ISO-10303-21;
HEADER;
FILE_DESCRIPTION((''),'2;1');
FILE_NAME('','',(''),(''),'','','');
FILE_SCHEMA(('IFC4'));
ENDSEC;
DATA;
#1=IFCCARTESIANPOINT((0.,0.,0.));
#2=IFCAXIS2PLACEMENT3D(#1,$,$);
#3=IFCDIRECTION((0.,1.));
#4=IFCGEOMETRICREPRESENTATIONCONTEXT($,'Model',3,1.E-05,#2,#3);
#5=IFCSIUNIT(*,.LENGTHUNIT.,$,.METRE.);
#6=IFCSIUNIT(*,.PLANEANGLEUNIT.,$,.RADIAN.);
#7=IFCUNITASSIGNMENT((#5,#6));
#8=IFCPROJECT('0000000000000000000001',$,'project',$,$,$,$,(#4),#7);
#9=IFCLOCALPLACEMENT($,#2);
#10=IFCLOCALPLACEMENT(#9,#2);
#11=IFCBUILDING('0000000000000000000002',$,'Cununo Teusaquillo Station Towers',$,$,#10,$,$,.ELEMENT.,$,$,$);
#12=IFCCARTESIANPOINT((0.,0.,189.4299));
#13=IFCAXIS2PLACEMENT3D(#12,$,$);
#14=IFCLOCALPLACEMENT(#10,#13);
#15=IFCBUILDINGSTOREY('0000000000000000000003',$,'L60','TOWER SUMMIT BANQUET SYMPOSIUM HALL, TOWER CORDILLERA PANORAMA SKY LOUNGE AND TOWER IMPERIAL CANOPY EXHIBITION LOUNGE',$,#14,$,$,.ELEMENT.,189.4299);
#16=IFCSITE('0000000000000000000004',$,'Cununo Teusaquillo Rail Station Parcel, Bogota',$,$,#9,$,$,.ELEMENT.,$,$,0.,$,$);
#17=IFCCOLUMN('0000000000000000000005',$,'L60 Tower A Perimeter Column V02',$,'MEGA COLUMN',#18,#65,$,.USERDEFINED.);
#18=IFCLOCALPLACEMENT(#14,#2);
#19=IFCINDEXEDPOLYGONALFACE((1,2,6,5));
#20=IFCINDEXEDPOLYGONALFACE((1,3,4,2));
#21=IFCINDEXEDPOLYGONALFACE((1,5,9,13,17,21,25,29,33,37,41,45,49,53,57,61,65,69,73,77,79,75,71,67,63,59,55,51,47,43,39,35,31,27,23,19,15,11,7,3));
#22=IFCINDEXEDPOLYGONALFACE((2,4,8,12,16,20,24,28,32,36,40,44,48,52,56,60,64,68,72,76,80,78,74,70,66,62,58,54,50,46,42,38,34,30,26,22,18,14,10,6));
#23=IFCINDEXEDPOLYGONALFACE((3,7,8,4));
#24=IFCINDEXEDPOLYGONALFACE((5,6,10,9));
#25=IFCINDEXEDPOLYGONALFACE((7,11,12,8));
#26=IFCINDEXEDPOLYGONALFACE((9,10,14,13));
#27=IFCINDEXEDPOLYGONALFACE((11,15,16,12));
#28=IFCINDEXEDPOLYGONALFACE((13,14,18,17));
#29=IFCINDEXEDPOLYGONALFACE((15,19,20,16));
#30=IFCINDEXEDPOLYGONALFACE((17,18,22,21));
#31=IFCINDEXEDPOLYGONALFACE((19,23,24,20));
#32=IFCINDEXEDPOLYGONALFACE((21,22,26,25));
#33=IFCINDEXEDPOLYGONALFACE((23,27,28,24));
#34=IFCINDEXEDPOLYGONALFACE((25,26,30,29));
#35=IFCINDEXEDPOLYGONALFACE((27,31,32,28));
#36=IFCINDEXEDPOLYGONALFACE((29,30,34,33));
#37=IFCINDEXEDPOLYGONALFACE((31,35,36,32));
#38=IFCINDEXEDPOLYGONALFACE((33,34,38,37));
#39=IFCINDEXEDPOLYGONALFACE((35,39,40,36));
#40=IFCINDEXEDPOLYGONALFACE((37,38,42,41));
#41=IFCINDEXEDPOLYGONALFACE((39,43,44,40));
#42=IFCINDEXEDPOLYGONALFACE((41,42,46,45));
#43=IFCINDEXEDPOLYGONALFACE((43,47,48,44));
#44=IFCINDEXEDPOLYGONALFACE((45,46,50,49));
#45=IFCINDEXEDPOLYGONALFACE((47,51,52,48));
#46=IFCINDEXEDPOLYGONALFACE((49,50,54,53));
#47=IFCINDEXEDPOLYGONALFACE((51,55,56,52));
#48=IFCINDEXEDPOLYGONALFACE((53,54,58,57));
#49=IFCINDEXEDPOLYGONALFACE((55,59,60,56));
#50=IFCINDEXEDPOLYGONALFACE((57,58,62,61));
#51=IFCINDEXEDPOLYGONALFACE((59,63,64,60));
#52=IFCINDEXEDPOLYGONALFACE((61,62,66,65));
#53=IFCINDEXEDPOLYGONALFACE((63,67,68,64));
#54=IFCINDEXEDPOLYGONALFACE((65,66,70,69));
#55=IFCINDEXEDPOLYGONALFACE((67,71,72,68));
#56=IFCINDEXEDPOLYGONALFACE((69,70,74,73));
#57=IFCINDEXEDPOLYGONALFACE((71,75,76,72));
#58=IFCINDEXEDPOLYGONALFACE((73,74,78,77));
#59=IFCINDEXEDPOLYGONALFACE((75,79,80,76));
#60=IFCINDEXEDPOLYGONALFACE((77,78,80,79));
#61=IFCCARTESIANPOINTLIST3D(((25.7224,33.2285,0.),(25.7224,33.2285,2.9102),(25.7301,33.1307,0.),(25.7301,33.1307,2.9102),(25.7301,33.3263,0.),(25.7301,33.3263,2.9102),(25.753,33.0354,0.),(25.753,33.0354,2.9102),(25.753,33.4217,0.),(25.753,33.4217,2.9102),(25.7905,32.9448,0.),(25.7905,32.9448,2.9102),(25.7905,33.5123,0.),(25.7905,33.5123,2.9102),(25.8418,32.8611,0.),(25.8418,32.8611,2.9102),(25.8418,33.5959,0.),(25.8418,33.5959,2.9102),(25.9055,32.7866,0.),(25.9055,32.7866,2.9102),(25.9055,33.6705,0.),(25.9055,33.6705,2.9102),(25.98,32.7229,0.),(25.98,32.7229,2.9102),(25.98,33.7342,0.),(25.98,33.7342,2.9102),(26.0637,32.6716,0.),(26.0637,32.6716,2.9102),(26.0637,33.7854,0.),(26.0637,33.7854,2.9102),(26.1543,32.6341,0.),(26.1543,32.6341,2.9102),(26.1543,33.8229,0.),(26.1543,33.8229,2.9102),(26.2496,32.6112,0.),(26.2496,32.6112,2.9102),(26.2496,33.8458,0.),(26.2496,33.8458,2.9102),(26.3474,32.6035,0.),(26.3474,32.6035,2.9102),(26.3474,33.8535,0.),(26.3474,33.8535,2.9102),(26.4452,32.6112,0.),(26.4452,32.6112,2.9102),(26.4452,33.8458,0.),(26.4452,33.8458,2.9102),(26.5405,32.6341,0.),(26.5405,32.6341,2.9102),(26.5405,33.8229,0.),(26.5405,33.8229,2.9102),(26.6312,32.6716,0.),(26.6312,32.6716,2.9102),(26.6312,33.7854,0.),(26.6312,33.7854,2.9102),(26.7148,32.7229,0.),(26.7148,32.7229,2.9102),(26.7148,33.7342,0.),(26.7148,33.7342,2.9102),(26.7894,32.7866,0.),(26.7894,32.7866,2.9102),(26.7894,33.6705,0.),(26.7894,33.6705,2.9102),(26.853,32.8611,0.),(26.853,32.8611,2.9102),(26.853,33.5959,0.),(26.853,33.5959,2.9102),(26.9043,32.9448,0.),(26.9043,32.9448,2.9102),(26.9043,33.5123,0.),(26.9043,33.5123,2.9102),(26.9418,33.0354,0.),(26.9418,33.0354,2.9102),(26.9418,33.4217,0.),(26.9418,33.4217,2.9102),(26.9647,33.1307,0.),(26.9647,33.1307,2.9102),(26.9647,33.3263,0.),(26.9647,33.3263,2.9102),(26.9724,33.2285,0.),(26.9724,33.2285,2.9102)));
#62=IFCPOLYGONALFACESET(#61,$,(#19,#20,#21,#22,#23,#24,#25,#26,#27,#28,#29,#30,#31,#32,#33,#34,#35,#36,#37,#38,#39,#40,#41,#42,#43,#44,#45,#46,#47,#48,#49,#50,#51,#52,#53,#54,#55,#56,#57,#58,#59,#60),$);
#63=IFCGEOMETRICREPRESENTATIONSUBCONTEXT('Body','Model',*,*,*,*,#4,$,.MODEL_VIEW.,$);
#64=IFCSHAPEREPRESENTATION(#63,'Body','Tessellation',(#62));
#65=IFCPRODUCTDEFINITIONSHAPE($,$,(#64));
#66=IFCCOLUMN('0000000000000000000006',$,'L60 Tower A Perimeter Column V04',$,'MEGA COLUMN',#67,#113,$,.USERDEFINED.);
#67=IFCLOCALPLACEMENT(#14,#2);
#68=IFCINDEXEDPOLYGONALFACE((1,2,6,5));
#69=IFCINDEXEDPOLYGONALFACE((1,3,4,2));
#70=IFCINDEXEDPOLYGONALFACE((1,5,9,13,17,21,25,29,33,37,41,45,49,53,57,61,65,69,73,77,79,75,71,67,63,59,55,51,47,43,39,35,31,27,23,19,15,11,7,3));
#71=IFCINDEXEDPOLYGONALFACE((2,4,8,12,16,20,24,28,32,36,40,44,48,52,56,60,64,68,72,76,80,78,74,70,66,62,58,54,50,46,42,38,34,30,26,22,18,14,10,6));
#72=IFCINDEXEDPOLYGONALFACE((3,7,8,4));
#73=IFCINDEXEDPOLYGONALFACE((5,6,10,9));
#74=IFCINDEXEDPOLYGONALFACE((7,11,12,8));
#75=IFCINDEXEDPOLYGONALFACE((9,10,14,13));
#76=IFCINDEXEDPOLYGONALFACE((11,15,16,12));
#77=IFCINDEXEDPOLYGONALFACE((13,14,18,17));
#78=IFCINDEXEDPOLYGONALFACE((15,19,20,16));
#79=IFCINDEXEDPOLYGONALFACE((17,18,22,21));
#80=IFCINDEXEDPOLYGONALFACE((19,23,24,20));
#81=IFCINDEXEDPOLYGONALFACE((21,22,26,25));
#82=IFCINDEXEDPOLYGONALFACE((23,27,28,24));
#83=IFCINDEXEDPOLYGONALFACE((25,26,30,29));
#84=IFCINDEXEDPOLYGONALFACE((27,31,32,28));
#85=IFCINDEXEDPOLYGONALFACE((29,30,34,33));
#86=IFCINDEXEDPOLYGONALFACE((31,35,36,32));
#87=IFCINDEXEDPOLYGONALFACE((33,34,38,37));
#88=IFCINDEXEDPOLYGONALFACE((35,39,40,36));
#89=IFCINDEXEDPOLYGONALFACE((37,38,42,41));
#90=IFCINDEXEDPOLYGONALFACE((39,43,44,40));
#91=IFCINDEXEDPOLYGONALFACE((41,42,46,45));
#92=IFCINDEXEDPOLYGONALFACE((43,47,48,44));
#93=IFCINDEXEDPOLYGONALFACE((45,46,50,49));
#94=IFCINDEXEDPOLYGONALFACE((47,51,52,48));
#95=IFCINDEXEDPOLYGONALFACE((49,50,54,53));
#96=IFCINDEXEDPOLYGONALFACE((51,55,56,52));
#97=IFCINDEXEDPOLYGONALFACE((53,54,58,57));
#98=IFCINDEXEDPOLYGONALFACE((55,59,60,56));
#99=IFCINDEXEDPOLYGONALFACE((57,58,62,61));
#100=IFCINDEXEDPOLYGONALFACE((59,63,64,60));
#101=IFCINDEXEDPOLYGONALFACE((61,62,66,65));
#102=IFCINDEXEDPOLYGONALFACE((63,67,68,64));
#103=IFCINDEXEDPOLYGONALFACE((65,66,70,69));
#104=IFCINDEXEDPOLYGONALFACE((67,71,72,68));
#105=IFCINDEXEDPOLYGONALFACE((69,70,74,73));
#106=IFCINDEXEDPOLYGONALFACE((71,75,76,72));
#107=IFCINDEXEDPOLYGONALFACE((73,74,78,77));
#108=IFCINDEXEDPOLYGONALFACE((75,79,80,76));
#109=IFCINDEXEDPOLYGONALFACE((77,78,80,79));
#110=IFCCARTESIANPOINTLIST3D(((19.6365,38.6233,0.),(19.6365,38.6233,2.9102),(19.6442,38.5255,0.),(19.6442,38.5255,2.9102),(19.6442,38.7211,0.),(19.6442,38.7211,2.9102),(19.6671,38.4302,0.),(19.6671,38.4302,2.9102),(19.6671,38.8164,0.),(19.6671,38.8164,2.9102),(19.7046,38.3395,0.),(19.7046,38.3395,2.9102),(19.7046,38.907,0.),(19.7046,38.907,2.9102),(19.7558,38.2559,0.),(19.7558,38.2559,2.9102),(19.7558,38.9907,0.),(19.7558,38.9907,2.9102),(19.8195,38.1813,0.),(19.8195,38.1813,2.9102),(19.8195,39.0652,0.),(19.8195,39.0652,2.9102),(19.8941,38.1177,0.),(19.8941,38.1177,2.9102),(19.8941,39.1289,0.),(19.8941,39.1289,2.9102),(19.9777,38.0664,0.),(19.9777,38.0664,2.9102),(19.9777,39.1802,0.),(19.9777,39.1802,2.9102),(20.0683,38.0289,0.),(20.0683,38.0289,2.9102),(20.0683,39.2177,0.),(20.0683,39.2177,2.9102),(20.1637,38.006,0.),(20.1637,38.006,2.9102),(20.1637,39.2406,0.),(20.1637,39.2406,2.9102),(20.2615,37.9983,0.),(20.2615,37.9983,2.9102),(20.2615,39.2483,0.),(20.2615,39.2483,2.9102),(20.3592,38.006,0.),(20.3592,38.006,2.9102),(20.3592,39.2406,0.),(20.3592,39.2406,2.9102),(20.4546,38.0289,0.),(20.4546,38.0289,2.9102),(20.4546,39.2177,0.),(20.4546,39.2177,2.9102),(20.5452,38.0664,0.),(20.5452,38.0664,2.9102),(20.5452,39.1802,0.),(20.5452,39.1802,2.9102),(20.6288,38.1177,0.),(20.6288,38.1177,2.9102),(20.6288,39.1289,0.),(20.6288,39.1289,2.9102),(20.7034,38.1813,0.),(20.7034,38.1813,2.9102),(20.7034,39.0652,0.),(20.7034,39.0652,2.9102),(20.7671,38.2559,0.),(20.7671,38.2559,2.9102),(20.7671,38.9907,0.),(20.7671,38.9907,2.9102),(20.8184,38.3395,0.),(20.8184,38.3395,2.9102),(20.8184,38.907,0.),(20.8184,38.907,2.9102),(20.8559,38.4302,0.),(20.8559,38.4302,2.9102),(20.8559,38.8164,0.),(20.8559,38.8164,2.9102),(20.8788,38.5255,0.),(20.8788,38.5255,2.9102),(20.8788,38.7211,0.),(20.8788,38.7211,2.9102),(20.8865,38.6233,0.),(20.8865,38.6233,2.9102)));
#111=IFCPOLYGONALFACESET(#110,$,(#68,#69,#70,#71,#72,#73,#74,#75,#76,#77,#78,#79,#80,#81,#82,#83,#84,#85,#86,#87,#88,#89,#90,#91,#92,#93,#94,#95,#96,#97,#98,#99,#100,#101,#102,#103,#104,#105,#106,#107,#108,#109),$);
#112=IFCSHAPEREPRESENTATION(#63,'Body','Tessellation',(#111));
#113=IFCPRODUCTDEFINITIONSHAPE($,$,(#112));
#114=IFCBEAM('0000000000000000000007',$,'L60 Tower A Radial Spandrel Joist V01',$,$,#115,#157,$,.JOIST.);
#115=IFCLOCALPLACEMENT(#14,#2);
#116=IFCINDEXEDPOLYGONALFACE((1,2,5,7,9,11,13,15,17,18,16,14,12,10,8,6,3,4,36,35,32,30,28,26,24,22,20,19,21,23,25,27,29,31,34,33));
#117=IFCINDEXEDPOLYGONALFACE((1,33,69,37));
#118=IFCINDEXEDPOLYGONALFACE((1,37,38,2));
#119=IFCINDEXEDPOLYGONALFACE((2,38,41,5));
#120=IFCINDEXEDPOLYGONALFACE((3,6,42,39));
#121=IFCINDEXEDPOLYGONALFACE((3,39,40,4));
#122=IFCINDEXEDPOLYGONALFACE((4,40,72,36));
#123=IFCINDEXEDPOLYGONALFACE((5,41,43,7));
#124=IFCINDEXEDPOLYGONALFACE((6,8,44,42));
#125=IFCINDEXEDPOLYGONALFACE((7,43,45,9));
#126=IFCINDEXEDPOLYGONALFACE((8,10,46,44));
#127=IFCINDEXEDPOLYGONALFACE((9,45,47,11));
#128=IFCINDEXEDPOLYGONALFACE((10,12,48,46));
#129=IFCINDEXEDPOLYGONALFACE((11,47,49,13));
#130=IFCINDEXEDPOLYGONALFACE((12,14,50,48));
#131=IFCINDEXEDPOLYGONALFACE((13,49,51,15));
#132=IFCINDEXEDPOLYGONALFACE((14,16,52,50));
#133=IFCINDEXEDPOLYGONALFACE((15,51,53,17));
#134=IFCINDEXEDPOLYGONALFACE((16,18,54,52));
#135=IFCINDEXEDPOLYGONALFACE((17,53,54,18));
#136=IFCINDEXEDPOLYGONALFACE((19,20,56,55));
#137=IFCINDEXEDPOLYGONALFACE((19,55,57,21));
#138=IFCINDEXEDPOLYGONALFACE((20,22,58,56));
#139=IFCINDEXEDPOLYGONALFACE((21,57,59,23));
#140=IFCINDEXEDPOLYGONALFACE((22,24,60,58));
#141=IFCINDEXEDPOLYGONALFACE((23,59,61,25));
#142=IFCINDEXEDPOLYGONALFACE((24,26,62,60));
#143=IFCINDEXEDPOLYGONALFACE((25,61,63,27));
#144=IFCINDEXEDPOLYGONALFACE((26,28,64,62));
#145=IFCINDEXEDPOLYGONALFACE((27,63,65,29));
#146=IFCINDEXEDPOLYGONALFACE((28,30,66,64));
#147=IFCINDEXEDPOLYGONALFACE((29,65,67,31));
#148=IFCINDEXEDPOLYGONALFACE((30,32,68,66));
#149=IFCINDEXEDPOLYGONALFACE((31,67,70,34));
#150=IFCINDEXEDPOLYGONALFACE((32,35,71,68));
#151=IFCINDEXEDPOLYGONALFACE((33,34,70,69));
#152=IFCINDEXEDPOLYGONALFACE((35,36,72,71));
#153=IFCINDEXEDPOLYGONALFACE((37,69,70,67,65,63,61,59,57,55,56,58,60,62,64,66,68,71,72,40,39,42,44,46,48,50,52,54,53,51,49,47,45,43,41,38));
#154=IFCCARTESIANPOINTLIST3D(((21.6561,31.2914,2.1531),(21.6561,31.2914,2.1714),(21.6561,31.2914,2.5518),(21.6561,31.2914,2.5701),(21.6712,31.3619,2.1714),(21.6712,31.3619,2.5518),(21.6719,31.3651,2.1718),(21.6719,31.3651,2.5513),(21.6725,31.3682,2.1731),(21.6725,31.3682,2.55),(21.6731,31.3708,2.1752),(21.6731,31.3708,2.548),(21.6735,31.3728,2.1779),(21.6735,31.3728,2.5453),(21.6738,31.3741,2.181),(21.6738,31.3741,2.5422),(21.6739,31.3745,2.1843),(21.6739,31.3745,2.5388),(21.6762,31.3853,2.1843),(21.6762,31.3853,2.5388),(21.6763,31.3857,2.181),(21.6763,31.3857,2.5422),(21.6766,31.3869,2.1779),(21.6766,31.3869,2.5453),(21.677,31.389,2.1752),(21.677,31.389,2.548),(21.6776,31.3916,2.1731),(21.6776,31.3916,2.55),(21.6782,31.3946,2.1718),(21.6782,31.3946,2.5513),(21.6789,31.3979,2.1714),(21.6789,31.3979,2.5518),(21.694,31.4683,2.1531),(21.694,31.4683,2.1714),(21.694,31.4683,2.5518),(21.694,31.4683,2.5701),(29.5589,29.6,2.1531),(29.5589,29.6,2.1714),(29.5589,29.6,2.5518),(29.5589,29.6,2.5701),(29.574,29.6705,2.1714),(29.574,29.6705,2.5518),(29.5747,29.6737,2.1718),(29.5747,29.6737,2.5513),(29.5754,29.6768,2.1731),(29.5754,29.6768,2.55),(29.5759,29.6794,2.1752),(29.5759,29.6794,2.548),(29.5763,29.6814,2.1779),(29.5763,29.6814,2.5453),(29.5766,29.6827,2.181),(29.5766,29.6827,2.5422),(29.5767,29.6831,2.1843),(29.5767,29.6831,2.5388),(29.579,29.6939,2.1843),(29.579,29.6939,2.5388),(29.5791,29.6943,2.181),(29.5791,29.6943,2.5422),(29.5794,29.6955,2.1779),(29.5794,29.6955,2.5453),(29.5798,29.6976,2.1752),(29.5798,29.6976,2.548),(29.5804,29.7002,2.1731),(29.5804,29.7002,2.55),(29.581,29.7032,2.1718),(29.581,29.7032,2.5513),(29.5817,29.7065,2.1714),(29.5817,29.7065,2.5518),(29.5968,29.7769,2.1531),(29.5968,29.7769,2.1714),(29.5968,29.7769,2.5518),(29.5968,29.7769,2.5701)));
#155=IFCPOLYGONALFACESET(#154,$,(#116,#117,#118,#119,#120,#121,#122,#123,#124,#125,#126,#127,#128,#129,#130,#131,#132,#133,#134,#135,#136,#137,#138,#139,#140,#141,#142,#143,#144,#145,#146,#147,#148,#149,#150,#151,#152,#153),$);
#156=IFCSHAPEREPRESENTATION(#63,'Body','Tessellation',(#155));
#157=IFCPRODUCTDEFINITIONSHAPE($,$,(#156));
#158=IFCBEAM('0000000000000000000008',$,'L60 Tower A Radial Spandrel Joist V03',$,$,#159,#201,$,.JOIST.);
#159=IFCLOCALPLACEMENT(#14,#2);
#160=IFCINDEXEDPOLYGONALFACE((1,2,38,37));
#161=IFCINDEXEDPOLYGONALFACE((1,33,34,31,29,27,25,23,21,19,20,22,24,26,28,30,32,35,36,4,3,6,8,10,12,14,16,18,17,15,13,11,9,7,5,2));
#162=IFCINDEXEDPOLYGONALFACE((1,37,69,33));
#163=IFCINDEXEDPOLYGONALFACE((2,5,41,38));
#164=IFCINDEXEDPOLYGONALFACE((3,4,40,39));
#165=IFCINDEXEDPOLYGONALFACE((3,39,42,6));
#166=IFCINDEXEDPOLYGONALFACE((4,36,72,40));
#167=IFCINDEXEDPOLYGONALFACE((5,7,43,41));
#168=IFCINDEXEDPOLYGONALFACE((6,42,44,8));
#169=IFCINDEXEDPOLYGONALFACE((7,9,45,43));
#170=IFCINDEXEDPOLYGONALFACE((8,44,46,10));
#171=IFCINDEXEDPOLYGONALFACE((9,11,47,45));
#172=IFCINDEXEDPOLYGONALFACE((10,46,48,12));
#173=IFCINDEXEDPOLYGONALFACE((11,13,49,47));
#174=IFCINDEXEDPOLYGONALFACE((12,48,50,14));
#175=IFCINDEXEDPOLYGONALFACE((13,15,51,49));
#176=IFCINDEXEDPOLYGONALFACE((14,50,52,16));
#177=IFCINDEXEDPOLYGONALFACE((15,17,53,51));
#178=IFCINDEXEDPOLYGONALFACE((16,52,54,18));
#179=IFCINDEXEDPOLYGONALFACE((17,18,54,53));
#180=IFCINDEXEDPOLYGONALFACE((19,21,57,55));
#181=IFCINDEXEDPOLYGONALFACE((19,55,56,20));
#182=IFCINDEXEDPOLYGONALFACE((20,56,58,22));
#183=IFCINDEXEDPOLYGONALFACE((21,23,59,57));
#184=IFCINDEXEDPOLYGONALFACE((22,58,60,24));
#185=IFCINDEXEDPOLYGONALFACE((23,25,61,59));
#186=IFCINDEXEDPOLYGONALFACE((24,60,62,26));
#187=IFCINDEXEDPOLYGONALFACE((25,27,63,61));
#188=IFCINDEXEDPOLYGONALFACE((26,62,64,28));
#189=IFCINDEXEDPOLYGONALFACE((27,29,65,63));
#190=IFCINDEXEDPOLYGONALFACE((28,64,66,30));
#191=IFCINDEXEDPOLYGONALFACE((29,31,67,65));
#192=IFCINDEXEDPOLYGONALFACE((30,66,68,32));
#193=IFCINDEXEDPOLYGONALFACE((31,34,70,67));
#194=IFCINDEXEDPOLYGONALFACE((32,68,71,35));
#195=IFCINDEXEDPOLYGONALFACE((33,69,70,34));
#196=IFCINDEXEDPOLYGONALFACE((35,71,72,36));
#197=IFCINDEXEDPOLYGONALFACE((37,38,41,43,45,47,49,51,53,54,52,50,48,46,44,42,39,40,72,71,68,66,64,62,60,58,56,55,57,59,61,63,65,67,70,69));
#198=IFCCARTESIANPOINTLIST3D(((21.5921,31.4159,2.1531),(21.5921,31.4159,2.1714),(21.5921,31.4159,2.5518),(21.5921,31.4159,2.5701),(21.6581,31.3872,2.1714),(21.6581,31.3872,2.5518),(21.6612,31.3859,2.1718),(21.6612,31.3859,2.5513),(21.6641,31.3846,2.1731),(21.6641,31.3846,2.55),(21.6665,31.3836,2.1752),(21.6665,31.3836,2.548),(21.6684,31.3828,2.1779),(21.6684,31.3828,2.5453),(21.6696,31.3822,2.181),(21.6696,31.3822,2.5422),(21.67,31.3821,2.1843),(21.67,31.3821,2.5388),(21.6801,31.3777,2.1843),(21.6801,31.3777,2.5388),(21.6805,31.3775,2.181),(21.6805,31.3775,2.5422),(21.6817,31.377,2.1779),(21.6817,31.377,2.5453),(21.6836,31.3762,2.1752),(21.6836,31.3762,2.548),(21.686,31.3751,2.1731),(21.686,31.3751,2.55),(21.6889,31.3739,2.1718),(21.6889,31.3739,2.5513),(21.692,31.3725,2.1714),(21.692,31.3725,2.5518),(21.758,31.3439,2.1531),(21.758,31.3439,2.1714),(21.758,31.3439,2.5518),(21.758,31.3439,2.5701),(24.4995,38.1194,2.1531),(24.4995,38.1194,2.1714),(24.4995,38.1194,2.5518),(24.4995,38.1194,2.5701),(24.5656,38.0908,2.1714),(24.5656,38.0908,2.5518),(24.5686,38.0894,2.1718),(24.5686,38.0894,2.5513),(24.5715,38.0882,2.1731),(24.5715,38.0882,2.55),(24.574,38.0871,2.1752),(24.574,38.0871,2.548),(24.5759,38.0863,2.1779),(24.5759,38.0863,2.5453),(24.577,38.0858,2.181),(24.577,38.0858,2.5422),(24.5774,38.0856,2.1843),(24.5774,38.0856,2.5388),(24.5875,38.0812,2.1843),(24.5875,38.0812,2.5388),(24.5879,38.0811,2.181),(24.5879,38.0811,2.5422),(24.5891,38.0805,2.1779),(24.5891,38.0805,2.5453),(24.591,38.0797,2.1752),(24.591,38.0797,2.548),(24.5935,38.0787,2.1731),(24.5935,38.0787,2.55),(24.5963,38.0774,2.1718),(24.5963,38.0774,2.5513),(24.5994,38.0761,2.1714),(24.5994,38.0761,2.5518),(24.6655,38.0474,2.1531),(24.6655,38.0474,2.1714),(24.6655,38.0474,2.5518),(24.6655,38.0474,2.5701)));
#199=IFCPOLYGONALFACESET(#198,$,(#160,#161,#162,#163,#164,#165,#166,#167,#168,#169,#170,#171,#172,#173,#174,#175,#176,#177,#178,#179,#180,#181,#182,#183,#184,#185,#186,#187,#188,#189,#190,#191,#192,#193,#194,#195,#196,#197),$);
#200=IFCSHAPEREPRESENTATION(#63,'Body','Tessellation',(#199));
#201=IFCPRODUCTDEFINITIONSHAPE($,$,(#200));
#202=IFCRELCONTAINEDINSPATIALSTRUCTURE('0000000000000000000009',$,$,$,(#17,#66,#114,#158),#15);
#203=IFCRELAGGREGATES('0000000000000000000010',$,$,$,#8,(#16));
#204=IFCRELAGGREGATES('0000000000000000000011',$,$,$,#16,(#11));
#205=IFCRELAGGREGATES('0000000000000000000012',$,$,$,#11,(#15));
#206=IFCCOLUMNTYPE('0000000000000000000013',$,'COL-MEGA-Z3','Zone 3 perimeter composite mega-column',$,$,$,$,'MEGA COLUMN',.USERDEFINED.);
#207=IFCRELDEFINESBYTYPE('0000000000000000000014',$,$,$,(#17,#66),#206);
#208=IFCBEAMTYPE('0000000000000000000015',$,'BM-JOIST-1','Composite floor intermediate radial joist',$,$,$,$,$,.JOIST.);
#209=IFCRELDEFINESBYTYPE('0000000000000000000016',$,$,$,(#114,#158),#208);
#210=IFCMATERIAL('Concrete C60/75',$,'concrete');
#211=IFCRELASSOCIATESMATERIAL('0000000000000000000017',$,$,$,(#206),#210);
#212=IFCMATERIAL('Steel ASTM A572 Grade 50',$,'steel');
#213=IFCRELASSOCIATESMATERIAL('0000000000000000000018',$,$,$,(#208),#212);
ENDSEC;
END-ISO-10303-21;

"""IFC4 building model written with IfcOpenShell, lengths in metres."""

from ifc_helpers import new_model, si_unit, direction, frame, origin, origin_2d, place, context, subcontext, project, spatial, circle, i_section, extrude, material, material_profile, profile_set, type_object, element, save


model = new_model("IFC4")

# Units and contexts
model_context = context("Model", 3, precision=1e-05, world=origin(), true_north=direction((0.0, 1.0)))
body_context = subcontext(model_context, "Body", "Model", "MODEL_VIEW")
ifc_project = project(units=[si_unit("LENGTHUNIT", "METRE"), si_unit("PLANEANGLEUNIT", "RADIAN")], contexts=[model_context])

# Site, building, storey
site_placement = place(None, origin())
site = spatial("IfcSite", under=ifc_project, at=site_placement, Name="Cununo Teusaquillo Rail Station Parcel, Bogota", CompositionType="ELEMENT", RefElevation=0.0)
building_placement = place(site_placement, origin())
building = spatial("IfcBuilding", under=site, at=building_placement, Name="Cununo Teusaquillo Station Towers", CompositionType="ELEMENT")
storey_placement = place(building_placement, frame((0.0, 0.0, 189.4299)))
storey = spatial("IfcBuildingStorey", under=building, at=storey_placement, Name="L60", Description="TOWER SUMMIT BANQUET SYMPOSIUM HALL, TOWER CORDILLERA PANORAMA SKY LOUNGE AND TOWER IMPERIAL CANOPY EXHIBITION LOUNGE", CompositionType="ELEMENT", Elevation=189.4299)

# Columns
ifc_material_1 = material(Name="Concrete C60/75", Category="concrete")
ifc_material_profile_1 = material_profile(ifc_material_1, circle(Radius=0.625, at=origin_2d()), Name="RC-CIRC-1250")
ifc_profile_set_1 = profile_set([ifc_material_profile_1], Name="Concrete C60/75")
column_type = type_object("IfcColumnType", Name="COL-MEGA-Z3", Description="Zone 3 perimeter composite mega-column", ElementType="MEGA COLUMN", PredefinedType="USERDEFINED", material=ifc_profile_set_1)
for number, where, z_axis, x_axis, name in (
    (1, (26.3474, 33.2285, 0.0), (0.0, 0.0, 1.0), (1.0, 0.0, 0.0), "L60 Tower A Perimeter Column V02"),
    (2, (20.2615, 38.6233, 0.0), (0.0, 0.0, 1.0), (1.0, 0.0, 0.0), "L60 Tower A Perimeter Column V04"),
):
    element("IfcColumn", number, at=place(storey_placement, frame(where, z_axis=z_axis, x_axis=x_axis)), inside=storey, type_object=column_type, Name=name, ObjectType="MEGA COLUMN", PredefinedType="USERDEFINED", context=body_context, shape_type="SweptSolid", body=[
        extrude(circle(Radius=0.625, at=origin_2d()), origin(), (0.0, 0.0, 1.0), 2.9102),
    ])

# Beams
ifc_material_2 = material(Name="Steel ASTM A572 Grade 50", Category="steel")
ifc_material_profile_2 = material_profile(ifc_material_2, i_section(OverallWidth=0.1809, OverallDepth=0.417, WebThickness=0.011, FlangeThickness=0.0183, FilletRadius=0.0129, at=origin_2d()), Name="W16X57")
ifc_profile_set_2 = profile_set([ifc_material_profile_2], Name="Steel ASTM A572 Grade 50")
beam_type_1 = type_object("IfcBeamType", Name="BM-JOIST-1", Description="Composite floor intermediate radial joist", PredefinedType="JOIST", material=ifc_profile_set_2)
beam_1_placement = place(storey_placement, frame((21.675, 31.3799, 2.3616), z_axis=(0.977855, -0.209286, 0.0), x_axis=(0.209286, 0.977855, 0.0)))
element("IfcBeam", 3, at=beam_1_placement, inside=storey, type_object=beam_type_1, Name="L60 Tower A Radial Spandrel Joist V01", PredefinedType="JOIST", context=body_context, shape_type="SweptSolid", body=[
    extrude(i_section(OverallWidth=0.1809, OverallDepth=0.417, WebThickness=0.011, FlangeThickness=0.0183, FilletRadius=0.0129, at=origin_2d()), origin(), (0.0, 0.0, 1.0), 8.0818),
])
beam_2_placement = place(storey_placement, frame((21.675, 31.3799, 2.3616), z_axis=(0.397904, 0.917427, 0.0), x_axis=(-0.917427, 0.397904, 0.0)))
element("IfcBeam", 4, at=beam_2_placement, inside=storey, type_object=beam_type_1, Name="L60 Tower A Radial Spandrel Joist V03", PredefinedType="JOIST", context=body_context, shape_type="SweptSolid", body=[
    extrude(i_section(OverallWidth=0.1809, OverallDepth=0.417, WebThickness=0.011, FlangeThickness=0.0183, FilletRadius=0.0129, at=origin_2d()), origin(), (0.0, 0.0, 1.0), 7.3069),
])

save(model, "model.ifc")
